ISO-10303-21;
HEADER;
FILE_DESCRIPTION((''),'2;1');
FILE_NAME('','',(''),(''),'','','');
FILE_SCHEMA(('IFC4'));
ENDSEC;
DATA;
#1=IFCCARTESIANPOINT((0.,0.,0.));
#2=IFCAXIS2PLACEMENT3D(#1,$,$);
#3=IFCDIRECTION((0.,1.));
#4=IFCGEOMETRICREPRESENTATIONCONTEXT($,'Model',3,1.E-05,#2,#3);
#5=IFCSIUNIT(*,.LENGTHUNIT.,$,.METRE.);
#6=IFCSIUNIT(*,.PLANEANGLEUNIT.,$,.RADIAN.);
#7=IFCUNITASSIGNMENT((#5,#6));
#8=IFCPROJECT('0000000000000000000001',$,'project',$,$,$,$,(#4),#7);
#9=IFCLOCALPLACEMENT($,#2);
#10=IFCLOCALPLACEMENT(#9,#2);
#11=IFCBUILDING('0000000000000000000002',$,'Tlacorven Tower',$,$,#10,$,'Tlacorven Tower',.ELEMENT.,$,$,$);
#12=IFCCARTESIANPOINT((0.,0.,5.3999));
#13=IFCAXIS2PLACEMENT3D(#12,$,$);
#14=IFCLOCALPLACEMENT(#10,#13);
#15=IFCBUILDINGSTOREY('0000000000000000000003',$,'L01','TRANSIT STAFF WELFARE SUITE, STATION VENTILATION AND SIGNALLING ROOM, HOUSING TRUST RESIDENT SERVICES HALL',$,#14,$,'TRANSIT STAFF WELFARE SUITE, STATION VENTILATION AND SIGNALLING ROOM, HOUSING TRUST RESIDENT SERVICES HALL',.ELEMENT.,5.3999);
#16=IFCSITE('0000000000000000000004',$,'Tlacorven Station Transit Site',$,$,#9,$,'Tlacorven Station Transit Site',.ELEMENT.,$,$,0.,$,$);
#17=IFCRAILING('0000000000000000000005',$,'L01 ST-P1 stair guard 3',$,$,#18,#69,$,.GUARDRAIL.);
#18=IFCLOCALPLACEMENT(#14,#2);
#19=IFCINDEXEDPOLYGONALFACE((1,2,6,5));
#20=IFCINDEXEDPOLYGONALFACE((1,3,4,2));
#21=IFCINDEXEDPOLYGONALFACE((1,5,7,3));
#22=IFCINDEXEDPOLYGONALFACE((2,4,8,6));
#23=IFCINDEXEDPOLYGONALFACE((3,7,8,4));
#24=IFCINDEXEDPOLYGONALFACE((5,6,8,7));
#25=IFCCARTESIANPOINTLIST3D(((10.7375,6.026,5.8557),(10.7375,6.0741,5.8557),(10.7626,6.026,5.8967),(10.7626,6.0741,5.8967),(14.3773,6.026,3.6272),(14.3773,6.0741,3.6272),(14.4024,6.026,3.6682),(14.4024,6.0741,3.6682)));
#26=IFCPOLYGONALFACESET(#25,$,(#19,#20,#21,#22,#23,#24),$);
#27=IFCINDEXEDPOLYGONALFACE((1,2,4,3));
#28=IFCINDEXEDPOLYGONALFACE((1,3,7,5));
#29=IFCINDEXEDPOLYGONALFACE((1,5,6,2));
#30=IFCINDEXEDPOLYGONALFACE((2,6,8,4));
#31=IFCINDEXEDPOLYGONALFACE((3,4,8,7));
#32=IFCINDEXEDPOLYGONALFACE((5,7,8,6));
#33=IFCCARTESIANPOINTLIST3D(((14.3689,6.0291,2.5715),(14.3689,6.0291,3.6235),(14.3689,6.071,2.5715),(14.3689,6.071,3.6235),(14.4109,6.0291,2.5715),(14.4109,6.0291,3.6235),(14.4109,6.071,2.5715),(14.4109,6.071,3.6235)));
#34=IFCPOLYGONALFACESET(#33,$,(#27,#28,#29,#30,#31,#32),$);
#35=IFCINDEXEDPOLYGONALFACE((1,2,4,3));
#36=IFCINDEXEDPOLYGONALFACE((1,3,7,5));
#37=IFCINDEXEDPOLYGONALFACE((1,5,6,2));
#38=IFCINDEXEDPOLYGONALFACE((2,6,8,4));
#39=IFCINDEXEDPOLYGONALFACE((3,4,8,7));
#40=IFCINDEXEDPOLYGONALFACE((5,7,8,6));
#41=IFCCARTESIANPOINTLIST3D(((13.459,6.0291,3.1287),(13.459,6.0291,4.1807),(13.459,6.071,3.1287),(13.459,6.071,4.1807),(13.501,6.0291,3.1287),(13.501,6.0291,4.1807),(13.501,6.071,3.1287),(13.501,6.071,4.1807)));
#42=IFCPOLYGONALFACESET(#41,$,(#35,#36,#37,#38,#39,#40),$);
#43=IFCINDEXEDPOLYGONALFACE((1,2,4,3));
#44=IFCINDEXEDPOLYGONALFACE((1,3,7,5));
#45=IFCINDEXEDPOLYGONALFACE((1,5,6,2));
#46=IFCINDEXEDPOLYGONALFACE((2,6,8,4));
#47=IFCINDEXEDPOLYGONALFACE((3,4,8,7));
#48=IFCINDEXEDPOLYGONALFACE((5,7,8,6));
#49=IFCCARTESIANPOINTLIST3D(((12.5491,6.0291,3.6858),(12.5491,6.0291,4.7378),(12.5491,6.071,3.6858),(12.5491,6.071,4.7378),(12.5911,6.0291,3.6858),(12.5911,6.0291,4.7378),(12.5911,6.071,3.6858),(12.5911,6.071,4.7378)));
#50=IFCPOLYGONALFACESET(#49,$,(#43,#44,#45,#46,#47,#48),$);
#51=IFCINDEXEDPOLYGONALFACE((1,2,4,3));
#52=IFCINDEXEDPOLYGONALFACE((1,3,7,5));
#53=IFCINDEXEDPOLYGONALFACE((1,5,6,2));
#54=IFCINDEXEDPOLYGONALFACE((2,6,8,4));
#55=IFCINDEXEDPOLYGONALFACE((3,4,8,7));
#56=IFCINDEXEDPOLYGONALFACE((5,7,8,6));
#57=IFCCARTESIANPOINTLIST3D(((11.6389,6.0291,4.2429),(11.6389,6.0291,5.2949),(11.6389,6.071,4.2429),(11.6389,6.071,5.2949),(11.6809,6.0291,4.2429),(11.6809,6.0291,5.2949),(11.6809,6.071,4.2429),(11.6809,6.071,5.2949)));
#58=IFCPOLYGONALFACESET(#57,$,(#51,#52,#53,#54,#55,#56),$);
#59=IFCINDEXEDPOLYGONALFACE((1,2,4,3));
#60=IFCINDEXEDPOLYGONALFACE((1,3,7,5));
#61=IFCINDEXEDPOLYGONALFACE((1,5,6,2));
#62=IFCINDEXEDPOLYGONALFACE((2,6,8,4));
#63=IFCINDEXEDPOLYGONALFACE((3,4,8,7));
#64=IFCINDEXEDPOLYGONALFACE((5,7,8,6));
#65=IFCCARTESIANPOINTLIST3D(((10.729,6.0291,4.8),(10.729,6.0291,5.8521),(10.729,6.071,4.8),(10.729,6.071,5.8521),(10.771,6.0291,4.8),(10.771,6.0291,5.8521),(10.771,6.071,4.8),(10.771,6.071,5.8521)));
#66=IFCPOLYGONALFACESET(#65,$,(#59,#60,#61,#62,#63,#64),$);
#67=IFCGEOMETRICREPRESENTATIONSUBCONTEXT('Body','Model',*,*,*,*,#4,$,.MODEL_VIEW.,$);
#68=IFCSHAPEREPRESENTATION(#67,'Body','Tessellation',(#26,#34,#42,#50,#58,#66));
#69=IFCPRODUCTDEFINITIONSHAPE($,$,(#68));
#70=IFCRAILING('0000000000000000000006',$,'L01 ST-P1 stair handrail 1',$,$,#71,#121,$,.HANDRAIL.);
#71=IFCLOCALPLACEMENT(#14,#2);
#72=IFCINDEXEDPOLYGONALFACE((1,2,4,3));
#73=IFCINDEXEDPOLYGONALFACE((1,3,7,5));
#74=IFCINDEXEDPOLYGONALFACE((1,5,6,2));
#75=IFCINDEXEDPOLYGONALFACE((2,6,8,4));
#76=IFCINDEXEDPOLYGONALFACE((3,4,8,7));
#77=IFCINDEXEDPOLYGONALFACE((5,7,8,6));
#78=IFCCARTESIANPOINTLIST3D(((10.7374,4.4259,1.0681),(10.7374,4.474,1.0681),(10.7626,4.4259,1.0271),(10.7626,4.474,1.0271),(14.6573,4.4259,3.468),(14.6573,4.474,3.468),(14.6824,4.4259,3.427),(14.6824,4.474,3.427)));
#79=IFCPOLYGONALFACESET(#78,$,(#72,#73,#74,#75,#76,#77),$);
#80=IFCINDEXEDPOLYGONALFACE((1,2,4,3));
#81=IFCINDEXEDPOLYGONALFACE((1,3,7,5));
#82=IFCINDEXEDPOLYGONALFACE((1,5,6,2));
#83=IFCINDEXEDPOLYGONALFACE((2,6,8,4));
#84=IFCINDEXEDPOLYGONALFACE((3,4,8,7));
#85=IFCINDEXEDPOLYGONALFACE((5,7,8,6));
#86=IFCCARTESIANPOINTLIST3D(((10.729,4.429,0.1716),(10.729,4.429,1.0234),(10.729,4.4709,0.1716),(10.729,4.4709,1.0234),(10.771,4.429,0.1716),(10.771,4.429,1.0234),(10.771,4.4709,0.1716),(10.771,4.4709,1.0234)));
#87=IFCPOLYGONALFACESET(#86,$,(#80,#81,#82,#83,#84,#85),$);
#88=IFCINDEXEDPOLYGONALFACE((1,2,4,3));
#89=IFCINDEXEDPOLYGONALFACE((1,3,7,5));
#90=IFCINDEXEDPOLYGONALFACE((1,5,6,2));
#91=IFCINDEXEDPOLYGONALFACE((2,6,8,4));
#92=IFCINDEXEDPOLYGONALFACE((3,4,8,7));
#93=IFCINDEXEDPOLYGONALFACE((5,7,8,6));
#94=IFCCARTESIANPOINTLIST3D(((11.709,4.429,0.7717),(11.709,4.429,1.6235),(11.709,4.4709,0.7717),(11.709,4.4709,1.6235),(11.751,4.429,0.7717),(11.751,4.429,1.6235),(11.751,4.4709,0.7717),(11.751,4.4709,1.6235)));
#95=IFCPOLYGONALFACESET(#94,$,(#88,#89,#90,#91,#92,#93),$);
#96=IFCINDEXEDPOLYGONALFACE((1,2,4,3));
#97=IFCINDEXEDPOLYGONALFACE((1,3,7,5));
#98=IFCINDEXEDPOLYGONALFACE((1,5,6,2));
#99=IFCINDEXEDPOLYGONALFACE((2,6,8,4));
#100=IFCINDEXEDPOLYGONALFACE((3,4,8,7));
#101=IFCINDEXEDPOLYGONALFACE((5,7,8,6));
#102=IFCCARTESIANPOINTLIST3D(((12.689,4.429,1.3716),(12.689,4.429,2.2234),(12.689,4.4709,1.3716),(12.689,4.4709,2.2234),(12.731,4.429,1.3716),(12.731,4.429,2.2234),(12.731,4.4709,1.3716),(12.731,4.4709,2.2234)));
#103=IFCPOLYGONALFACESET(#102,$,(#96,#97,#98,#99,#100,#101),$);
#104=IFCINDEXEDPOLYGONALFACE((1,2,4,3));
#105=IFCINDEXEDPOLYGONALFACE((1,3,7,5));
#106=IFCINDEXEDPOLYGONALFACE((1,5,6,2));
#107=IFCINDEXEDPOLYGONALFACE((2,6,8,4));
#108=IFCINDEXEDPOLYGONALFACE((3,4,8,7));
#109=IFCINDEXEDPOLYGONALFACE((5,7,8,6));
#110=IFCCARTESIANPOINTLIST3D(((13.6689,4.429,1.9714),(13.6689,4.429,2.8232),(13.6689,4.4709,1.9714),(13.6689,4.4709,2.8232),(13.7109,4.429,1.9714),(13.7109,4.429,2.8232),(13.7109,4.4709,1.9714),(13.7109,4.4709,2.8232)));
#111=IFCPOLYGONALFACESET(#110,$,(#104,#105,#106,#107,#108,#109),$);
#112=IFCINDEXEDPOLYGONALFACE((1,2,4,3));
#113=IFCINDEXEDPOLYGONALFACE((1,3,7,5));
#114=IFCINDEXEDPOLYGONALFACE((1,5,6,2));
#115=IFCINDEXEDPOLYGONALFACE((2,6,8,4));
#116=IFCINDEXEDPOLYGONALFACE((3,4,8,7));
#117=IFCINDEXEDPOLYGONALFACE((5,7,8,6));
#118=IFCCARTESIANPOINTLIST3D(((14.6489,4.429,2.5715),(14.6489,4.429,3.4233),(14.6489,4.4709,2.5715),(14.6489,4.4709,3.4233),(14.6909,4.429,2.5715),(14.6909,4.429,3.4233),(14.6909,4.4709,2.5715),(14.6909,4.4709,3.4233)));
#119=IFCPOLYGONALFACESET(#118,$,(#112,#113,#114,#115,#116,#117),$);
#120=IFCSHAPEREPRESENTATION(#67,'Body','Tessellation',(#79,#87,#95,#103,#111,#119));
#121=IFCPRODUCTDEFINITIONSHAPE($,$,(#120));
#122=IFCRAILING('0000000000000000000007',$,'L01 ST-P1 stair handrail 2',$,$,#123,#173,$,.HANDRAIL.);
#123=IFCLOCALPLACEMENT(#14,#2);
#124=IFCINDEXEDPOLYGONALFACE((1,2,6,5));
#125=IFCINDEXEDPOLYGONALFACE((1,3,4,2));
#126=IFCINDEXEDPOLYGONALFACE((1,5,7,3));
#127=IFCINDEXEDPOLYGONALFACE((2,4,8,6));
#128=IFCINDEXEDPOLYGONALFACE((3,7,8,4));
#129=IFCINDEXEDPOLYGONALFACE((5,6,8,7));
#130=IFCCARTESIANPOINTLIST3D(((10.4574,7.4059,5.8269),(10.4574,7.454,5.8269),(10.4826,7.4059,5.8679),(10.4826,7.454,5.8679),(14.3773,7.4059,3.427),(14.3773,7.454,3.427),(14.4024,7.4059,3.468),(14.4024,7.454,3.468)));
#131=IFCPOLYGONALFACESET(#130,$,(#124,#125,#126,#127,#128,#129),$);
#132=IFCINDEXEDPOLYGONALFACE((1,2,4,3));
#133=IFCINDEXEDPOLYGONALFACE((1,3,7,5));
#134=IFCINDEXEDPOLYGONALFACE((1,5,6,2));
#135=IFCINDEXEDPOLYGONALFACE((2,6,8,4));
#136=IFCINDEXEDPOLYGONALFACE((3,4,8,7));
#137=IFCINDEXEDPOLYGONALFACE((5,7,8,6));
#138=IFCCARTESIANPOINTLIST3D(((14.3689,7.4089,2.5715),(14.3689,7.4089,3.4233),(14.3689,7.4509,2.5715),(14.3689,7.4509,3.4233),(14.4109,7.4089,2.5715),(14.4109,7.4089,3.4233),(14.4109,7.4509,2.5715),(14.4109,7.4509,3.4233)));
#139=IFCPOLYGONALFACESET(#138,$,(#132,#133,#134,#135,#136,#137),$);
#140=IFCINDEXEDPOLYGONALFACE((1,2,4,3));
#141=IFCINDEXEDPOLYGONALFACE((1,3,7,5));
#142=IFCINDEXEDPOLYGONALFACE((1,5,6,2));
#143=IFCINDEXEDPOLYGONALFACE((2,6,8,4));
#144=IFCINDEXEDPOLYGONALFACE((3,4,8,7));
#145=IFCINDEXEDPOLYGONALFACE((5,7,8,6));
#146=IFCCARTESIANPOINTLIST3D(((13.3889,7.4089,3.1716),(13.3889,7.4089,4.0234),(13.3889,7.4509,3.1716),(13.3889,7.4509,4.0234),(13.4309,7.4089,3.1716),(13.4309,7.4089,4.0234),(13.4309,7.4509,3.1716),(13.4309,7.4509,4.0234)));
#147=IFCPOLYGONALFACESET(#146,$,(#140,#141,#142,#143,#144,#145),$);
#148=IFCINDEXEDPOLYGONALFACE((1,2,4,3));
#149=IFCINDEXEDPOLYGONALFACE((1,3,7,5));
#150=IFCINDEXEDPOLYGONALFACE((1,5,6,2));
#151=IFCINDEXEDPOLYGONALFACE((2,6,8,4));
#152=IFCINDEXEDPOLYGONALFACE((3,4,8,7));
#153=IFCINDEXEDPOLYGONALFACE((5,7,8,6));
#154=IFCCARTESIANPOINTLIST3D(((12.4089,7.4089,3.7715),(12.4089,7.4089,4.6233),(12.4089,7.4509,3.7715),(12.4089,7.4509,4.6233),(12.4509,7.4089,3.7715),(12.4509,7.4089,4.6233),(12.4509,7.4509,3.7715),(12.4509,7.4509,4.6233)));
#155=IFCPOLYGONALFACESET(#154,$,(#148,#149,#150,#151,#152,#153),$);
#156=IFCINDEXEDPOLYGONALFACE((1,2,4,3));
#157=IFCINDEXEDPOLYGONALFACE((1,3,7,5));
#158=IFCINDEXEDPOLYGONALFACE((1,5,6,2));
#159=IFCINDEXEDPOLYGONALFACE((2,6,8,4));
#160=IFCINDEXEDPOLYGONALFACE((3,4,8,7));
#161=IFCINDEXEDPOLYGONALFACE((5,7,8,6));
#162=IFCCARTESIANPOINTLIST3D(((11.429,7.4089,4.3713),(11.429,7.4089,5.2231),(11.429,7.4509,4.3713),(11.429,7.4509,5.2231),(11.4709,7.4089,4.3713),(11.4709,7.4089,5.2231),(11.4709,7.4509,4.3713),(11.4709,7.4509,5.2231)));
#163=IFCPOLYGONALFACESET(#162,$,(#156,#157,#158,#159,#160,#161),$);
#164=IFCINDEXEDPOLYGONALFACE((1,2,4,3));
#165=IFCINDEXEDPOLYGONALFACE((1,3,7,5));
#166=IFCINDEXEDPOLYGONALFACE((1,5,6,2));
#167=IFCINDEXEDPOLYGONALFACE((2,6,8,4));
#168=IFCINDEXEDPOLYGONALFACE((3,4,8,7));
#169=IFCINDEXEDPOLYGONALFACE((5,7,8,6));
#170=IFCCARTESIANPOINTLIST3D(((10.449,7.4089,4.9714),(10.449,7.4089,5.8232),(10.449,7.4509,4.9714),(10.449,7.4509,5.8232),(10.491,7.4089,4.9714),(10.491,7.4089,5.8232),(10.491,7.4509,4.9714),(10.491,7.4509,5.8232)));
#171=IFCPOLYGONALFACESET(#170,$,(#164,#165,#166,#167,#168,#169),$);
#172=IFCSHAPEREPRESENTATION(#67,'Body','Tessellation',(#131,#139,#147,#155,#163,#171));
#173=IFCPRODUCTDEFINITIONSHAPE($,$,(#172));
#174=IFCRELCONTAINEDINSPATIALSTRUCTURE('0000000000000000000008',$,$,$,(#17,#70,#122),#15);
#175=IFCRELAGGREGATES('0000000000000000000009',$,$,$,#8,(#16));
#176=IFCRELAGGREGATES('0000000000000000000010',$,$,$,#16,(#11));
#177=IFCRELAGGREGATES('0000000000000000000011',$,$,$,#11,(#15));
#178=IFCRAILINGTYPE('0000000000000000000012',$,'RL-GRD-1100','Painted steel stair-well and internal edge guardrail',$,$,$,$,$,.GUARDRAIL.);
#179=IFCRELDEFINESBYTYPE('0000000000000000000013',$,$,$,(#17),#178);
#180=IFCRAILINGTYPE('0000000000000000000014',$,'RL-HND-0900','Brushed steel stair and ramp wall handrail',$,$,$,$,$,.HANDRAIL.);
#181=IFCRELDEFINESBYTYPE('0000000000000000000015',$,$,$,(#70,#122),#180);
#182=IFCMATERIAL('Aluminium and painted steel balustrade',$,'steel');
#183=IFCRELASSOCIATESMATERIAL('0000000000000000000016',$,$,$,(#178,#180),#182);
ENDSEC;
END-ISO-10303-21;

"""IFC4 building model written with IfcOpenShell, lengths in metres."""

from ifc_helpers import new_model, si_unit, direction, frame, origin, origin_2d, place, context, subcontext, project, spatial, rectangle, extrude, source, transform, mapped, material, type_object, element, save


model = new_model("IFC4")

# Units and contexts
model_context = context("Model", 3, precision=1e-05, world=origin(), true_north=direction((0.0, 1.0)))
body_context = subcontext(model_context, "Body", "Model", "MODEL_VIEW")
ifc_project = project(units=[si_unit("LENGTHUNIT", "METRE"), si_unit("PLANEANGLEUNIT", "RADIAN")], contexts=[model_context])

# Site, building, storey
site_placement = place(None, origin())
site = spatial("IfcSite", under=ifc_project, at=site_placement, Name="Tlacorven Station Transit Site", LongName="Tlacorven Station Transit Site", CompositionType="ELEMENT", RefElevation=0.0)
building_placement = place(site_placement, origin())
building = spatial("IfcBuilding", under=site, at=building_placement, Name="Tlacorven Tower", LongName="Tlacorven Tower", CompositionType="ELEMENT")
storey_placement = place(building_placement, frame((0.0, 0.0, 5.3999)))
storey = spatial("IfcBuildingStorey", under=building, at=storey_placement, Name="L01", Description="TRANSIT STAFF WELFARE SUITE, STATION VENTILATION AND SIGNALLING ROOM, HOUSING TRUST RESIDENT SERVICES HALL", LongName="TRANSIT STAFF WELFARE SUITE, STATION VENTILATION AND SIGNALLING ROOM, HOUSING TRUST RESIDENT SERVICES HALL", CompositionType="ELEMENT", Elevation=5.3999)

# Railings
ifc_material_1 = material(Name="Aluminium and painted steel balustrade", Category="steel")
railing_type_1 = type_object("IfcRailingType", Name="RL-GRD-1100", Description="Painted steel stair-well and internal edge guardrail", PredefinedType="GUARDRAIL", material=ifc_material_1)
railing_type_2 = type_object("IfcRailingType", Name="RL-HND-0900", Description="Brushed steel stair and ramp wall handrail", PredefinedType="HANDRAIL", material=ifc_material_1)
shared_shape_1 = source(origin(), body_context, "Body", "SweptSolid", [
    extrude(rectangle(XDim=0.0481, YDim=0.0481, at=origin_2d()), frame((0.0, 0.0, 1.0762), z_axis=(-0.85285, 0.0, 0.522156), x_axis=(0.0, -1.0, 0.0)), (0.0, 0.0, 1.0), 4.2678),
    extrude(rectangle(XDim=0.042, YDim=0.042, at=origin_2d()), origin(), (0.0, 0.0, 1.0), 1.052),
    extrude(rectangle(XDim=0.042, YDim=0.042, at=origin_2d()), frame((-0.9099, 0.0, 0.5571)), (0.0, 0.0, 1.0), 1.052),
    extrude(rectangle(XDim=0.042, YDim=0.042, at=origin_2d()), frame((-1.8198, 0.0, 1.1143)), (0.0, 0.0, 1.0), 1.052),
    extrude(rectangle(XDim=0.042, YDim=0.042, at=origin_2d()), frame((-2.73, 0.0, 1.6714)), (0.0, 0.0, 1.0), 1.052),
    extrude(rectangle(XDim=0.042, YDim=0.042, at=origin_2d()), frame((-3.6399, 0.0, 2.2285)), (0.0, 0.0, 1.0), 1.052),
])
railing_1_placement = place(storey_placement, frame((14.3899, 6.05, 2.5715)))
element("IfcRailing", 1, at=railing_1_placement, inside=storey, type_object=railing_type_1, Name="L01 ST-P1 stair guard 3", PredefinedType="GUARDRAIL", context=body_context, shape_type="MappedRepresentation", body=[
    mapped(shared_shape_1, transform((0.0, 0.0, 0.0), scale=1.0)),
])
shared_shape_2 = source(origin(), body_context, "Body", "SweptSolid", [
    extrude(rectangle(XDim=0.0481, YDim=0.0481, at=origin_2d()), frame((0.0, 0.0, 0.876), z_axis=(0.852856, 0.0, 0.522146), x_axis=(0.0, 1.0, 0.0)), (0.0, 0.0, 1.0), 4.5962),
    extrude(rectangle(XDim=0.042, YDim=0.042, at=origin_2d()), origin(), (0.0, 0.0, 1.0), 0.8518),
    extrude(rectangle(XDim=0.042, YDim=0.042, at=origin_2d()), frame((0.98, 0.0, 0.6001)), (0.0, 0.0, 1.0), 0.8518),
    extrude(rectangle(XDim=0.042, YDim=0.042, at=origin_2d()), frame((1.96, 0.0, 1.2)), (0.0, 0.0, 1.0), 0.8518),
    extrude(rectangle(XDim=0.042, YDim=0.042, at=origin_2d()), frame((2.9399, 0.0, 1.7998)), (0.0, 0.0, 1.0), 0.8518),
    extrude(rectangle(XDim=0.042, YDim=0.042, at=origin_2d()), frame((3.9199, 0.0, 2.3999)), (0.0, 0.0, 1.0), 0.8518),
])
railing_2_placement = place(storey_placement, frame((10.75, 4.45, 0.1716)))
element("IfcRailing", 2, at=railing_2_placement, inside=storey, type_object=railing_type_2, Name="L01 ST-P1 stair handrail 1", PredefinedType="HANDRAIL", context=body_context, shape_type="MappedRepresentation", body=[
    mapped(shared_shape_2, transform((0.0, 0.0, 0.0), scale=1.0)),
])
shared_shape_3 = source(origin(), body_context, "Body", "SweptSolid", [
    extrude(rectangle(XDim=0.0481, YDim=0.0481, at=origin_2d()), frame((0.0, 0.0, 0.876), z_axis=(-0.852856, 0.0, 0.522146), x_axis=(0.0, -1.0, 0.0)), (0.0, 0.0, 1.0), 4.5962),
    extrude(rectangle(XDim=0.042, YDim=0.042, at=origin_2d()), origin(), (0.0, 0.0, 1.0), 0.8518),
    extrude(rectangle(XDim=0.042, YDim=0.042, at=origin_2d()), frame((-0.98, 0.0, 0.6001)), (0.0, 0.0, 1.0), 0.8518),
    extrude(rectangle(XDim=0.042, YDim=0.042, at=origin_2d()), frame((-1.96, 0.0, 1.2)), (0.0, 0.0, 1.0), 0.8518),
    extrude(rectangle(XDim=0.042, YDim=0.042, at=origin_2d()), frame((-2.9399, 0.0, 1.7998)), (0.0, 0.0, 1.0), 0.8518),
    extrude(rectangle(XDim=0.042, YDim=0.042, at=origin_2d()), frame((-3.9199, 0.0, 2.3999)), (0.0, 0.0, 1.0), 0.8518),
])
railing_3_placement = place(storey_placement, frame((14.3899, 7.4299, 2.5715)))
element("IfcRailing", 3, at=railing_3_placement, inside=storey, type_object=railing_type_2, Name="L01 ST-P1 stair handrail 2", PredefinedType="HANDRAIL", context=body_context, shape_type="MappedRepresentation", body=[
    mapped(shared_shape_3, transform((0.0, 0.0, 0.0), scale=1.0)),
])

save(model, "model.ifc")
